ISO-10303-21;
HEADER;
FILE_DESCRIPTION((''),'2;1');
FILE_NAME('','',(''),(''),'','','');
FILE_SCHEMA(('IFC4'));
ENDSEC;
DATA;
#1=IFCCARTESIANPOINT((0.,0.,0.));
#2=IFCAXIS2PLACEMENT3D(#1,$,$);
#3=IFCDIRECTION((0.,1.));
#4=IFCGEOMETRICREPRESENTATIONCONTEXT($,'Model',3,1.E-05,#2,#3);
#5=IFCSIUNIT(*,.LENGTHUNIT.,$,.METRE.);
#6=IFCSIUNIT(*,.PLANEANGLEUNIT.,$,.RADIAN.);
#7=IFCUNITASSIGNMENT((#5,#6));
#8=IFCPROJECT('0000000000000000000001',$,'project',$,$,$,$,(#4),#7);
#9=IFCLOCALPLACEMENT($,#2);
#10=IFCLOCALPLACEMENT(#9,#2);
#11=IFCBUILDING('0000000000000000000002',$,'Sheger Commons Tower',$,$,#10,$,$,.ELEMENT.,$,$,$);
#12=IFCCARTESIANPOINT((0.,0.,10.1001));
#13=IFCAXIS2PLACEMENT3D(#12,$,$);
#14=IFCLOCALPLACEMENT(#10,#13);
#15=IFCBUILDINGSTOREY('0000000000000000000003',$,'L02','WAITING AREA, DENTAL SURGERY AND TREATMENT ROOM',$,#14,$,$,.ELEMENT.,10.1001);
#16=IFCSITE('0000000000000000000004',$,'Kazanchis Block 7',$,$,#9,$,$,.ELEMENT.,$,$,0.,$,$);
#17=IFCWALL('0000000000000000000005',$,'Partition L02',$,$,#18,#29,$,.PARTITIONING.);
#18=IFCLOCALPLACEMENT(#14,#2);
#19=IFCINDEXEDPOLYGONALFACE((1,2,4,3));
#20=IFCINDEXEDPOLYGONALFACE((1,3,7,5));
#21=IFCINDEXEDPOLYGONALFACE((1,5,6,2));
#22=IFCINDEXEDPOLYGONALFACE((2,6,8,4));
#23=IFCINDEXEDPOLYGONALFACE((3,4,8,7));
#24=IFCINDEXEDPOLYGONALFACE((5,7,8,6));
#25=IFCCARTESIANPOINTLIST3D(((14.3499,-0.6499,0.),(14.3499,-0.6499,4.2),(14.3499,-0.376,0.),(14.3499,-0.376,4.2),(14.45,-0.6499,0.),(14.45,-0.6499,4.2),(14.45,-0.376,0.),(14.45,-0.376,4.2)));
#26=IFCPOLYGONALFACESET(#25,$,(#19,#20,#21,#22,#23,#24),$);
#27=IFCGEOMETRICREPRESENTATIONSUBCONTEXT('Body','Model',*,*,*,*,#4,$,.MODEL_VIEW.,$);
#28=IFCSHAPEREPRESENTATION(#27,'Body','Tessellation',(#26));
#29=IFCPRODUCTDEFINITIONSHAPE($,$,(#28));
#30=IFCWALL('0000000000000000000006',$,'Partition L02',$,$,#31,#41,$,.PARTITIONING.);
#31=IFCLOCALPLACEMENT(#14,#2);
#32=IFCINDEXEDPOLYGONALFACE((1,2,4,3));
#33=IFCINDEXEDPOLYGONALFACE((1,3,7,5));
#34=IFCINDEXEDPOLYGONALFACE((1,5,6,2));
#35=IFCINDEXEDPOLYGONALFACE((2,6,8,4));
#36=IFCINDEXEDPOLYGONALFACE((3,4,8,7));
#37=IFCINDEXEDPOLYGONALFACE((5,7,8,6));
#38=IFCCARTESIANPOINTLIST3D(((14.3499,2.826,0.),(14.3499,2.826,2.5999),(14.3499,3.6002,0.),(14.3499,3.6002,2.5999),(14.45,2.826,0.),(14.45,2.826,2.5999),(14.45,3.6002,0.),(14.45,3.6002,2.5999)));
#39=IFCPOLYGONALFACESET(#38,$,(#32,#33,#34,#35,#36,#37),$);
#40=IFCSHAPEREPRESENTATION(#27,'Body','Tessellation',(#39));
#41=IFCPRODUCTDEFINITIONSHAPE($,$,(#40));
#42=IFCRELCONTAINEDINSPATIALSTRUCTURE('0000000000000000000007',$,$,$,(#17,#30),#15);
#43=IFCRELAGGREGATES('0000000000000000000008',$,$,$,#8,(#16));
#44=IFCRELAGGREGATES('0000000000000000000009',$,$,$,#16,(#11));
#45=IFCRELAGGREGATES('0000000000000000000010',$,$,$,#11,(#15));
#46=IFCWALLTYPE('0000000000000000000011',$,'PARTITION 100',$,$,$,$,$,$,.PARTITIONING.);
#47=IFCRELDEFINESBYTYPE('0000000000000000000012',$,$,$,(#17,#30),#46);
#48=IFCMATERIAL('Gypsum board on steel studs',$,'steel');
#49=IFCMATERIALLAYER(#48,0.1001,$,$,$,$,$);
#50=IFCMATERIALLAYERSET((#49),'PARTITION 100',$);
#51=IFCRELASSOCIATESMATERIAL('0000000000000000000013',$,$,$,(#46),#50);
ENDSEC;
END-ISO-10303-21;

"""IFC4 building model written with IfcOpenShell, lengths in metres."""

from ifc_helpers import new_model, si_unit, direction, frame, frame_2d, origin, place, context, subcontext, project, spatial, rectangle, extrude, material, layer, layer_set, type_object, element, save


model = new_model("IFC4")

# Units and contexts
model_context = context("Model", 3, precision=1e-05, world=origin(), true_north=direction((0.0, 1.0)))
body_context = subcontext(model_context, "Body", "Model", "MODEL_VIEW")
ifc_project = project(units=[si_unit("LENGTHUNIT", "METRE"), si_unit("PLANEANGLEUNIT", "RADIAN")], contexts=[model_context])

# Site, building, storey
site_placement = place(None, origin())
site = spatial("IfcSite", under=ifc_project, at=site_placement, Name="Kazanchis Block 7", CompositionType="ELEMENT", RefElevation=0.0)
building_placement = place(site_placement, origin())
building = spatial("IfcBuilding", under=site, at=building_placement, Name="Sheger Commons Tower", CompositionType="ELEMENT")
storey_placement = place(building_placement, frame((0.0, 0.0, 10.1001)))
storey = spatial("IfcBuildingStorey", under=building, at=storey_placement, Name="L02", Description="WAITING AREA, DENTAL SURGERY AND TREATMENT ROOM", CompositionType="ELEMENT", Elevation=10.1001)

# Shared definitions
ifc_material_1 = material(Name="Gypsum board on steel studs", Category="steel")
ifc_layer_1 = layer(ifc_material_1, 0.1001)
ifc_layer_set_1 = layer_set([ifc_layer_1], Name="PARTITION 100")
wall_type_1 = type_object("IfcWallType", Name="PARTITION 100", PredefinedType="PARTITIONING", material=ifc_layer_set_1)

# Walls
wall_1_placement = place(storey_placement, frame((14.3999, -0.6499, 0.0), z_axis=(0.0, 0.0, 1.0), x_axis=(0.0, 1.0, 0.0)))
element("IfcWall", 1, at=wall_1_placement, inside=storey, type_object=wall_type_1, Name="Partition L02", PredefinedType="PARTITIONING", context=body_context, shape_type="SweptSolid", body=[
    extrude(rectangle(XDim=0.2739, YDim=0.1001, at=frame_2d((0.137, 0.0))), origin(), (0.0, 0.0, 1.0), 4.2),
])
wall_2_placement = place(storey_placement, frame((14.3999, 2.8259, 0.0), z_axis=(0.0, 0.0, 1.0), x_axis=(0.0, 1.0, 0.0)))
element("IfcWall", 2, at=wall_2_placement, inside=storey, type_object=wall_type_1, Name="Partition L02", PredefinedType="PARTITIONING", context=body_context, shape_type="SweptSolid", body=[
    extrude(rectangle(XDim=0.7742, YDim=0.1001, at=frame_2d((0.3872, 0.0))), origin(), (0.0, 0.0, 1.0), 2.5999),
])

save(model, "model.ifc")
